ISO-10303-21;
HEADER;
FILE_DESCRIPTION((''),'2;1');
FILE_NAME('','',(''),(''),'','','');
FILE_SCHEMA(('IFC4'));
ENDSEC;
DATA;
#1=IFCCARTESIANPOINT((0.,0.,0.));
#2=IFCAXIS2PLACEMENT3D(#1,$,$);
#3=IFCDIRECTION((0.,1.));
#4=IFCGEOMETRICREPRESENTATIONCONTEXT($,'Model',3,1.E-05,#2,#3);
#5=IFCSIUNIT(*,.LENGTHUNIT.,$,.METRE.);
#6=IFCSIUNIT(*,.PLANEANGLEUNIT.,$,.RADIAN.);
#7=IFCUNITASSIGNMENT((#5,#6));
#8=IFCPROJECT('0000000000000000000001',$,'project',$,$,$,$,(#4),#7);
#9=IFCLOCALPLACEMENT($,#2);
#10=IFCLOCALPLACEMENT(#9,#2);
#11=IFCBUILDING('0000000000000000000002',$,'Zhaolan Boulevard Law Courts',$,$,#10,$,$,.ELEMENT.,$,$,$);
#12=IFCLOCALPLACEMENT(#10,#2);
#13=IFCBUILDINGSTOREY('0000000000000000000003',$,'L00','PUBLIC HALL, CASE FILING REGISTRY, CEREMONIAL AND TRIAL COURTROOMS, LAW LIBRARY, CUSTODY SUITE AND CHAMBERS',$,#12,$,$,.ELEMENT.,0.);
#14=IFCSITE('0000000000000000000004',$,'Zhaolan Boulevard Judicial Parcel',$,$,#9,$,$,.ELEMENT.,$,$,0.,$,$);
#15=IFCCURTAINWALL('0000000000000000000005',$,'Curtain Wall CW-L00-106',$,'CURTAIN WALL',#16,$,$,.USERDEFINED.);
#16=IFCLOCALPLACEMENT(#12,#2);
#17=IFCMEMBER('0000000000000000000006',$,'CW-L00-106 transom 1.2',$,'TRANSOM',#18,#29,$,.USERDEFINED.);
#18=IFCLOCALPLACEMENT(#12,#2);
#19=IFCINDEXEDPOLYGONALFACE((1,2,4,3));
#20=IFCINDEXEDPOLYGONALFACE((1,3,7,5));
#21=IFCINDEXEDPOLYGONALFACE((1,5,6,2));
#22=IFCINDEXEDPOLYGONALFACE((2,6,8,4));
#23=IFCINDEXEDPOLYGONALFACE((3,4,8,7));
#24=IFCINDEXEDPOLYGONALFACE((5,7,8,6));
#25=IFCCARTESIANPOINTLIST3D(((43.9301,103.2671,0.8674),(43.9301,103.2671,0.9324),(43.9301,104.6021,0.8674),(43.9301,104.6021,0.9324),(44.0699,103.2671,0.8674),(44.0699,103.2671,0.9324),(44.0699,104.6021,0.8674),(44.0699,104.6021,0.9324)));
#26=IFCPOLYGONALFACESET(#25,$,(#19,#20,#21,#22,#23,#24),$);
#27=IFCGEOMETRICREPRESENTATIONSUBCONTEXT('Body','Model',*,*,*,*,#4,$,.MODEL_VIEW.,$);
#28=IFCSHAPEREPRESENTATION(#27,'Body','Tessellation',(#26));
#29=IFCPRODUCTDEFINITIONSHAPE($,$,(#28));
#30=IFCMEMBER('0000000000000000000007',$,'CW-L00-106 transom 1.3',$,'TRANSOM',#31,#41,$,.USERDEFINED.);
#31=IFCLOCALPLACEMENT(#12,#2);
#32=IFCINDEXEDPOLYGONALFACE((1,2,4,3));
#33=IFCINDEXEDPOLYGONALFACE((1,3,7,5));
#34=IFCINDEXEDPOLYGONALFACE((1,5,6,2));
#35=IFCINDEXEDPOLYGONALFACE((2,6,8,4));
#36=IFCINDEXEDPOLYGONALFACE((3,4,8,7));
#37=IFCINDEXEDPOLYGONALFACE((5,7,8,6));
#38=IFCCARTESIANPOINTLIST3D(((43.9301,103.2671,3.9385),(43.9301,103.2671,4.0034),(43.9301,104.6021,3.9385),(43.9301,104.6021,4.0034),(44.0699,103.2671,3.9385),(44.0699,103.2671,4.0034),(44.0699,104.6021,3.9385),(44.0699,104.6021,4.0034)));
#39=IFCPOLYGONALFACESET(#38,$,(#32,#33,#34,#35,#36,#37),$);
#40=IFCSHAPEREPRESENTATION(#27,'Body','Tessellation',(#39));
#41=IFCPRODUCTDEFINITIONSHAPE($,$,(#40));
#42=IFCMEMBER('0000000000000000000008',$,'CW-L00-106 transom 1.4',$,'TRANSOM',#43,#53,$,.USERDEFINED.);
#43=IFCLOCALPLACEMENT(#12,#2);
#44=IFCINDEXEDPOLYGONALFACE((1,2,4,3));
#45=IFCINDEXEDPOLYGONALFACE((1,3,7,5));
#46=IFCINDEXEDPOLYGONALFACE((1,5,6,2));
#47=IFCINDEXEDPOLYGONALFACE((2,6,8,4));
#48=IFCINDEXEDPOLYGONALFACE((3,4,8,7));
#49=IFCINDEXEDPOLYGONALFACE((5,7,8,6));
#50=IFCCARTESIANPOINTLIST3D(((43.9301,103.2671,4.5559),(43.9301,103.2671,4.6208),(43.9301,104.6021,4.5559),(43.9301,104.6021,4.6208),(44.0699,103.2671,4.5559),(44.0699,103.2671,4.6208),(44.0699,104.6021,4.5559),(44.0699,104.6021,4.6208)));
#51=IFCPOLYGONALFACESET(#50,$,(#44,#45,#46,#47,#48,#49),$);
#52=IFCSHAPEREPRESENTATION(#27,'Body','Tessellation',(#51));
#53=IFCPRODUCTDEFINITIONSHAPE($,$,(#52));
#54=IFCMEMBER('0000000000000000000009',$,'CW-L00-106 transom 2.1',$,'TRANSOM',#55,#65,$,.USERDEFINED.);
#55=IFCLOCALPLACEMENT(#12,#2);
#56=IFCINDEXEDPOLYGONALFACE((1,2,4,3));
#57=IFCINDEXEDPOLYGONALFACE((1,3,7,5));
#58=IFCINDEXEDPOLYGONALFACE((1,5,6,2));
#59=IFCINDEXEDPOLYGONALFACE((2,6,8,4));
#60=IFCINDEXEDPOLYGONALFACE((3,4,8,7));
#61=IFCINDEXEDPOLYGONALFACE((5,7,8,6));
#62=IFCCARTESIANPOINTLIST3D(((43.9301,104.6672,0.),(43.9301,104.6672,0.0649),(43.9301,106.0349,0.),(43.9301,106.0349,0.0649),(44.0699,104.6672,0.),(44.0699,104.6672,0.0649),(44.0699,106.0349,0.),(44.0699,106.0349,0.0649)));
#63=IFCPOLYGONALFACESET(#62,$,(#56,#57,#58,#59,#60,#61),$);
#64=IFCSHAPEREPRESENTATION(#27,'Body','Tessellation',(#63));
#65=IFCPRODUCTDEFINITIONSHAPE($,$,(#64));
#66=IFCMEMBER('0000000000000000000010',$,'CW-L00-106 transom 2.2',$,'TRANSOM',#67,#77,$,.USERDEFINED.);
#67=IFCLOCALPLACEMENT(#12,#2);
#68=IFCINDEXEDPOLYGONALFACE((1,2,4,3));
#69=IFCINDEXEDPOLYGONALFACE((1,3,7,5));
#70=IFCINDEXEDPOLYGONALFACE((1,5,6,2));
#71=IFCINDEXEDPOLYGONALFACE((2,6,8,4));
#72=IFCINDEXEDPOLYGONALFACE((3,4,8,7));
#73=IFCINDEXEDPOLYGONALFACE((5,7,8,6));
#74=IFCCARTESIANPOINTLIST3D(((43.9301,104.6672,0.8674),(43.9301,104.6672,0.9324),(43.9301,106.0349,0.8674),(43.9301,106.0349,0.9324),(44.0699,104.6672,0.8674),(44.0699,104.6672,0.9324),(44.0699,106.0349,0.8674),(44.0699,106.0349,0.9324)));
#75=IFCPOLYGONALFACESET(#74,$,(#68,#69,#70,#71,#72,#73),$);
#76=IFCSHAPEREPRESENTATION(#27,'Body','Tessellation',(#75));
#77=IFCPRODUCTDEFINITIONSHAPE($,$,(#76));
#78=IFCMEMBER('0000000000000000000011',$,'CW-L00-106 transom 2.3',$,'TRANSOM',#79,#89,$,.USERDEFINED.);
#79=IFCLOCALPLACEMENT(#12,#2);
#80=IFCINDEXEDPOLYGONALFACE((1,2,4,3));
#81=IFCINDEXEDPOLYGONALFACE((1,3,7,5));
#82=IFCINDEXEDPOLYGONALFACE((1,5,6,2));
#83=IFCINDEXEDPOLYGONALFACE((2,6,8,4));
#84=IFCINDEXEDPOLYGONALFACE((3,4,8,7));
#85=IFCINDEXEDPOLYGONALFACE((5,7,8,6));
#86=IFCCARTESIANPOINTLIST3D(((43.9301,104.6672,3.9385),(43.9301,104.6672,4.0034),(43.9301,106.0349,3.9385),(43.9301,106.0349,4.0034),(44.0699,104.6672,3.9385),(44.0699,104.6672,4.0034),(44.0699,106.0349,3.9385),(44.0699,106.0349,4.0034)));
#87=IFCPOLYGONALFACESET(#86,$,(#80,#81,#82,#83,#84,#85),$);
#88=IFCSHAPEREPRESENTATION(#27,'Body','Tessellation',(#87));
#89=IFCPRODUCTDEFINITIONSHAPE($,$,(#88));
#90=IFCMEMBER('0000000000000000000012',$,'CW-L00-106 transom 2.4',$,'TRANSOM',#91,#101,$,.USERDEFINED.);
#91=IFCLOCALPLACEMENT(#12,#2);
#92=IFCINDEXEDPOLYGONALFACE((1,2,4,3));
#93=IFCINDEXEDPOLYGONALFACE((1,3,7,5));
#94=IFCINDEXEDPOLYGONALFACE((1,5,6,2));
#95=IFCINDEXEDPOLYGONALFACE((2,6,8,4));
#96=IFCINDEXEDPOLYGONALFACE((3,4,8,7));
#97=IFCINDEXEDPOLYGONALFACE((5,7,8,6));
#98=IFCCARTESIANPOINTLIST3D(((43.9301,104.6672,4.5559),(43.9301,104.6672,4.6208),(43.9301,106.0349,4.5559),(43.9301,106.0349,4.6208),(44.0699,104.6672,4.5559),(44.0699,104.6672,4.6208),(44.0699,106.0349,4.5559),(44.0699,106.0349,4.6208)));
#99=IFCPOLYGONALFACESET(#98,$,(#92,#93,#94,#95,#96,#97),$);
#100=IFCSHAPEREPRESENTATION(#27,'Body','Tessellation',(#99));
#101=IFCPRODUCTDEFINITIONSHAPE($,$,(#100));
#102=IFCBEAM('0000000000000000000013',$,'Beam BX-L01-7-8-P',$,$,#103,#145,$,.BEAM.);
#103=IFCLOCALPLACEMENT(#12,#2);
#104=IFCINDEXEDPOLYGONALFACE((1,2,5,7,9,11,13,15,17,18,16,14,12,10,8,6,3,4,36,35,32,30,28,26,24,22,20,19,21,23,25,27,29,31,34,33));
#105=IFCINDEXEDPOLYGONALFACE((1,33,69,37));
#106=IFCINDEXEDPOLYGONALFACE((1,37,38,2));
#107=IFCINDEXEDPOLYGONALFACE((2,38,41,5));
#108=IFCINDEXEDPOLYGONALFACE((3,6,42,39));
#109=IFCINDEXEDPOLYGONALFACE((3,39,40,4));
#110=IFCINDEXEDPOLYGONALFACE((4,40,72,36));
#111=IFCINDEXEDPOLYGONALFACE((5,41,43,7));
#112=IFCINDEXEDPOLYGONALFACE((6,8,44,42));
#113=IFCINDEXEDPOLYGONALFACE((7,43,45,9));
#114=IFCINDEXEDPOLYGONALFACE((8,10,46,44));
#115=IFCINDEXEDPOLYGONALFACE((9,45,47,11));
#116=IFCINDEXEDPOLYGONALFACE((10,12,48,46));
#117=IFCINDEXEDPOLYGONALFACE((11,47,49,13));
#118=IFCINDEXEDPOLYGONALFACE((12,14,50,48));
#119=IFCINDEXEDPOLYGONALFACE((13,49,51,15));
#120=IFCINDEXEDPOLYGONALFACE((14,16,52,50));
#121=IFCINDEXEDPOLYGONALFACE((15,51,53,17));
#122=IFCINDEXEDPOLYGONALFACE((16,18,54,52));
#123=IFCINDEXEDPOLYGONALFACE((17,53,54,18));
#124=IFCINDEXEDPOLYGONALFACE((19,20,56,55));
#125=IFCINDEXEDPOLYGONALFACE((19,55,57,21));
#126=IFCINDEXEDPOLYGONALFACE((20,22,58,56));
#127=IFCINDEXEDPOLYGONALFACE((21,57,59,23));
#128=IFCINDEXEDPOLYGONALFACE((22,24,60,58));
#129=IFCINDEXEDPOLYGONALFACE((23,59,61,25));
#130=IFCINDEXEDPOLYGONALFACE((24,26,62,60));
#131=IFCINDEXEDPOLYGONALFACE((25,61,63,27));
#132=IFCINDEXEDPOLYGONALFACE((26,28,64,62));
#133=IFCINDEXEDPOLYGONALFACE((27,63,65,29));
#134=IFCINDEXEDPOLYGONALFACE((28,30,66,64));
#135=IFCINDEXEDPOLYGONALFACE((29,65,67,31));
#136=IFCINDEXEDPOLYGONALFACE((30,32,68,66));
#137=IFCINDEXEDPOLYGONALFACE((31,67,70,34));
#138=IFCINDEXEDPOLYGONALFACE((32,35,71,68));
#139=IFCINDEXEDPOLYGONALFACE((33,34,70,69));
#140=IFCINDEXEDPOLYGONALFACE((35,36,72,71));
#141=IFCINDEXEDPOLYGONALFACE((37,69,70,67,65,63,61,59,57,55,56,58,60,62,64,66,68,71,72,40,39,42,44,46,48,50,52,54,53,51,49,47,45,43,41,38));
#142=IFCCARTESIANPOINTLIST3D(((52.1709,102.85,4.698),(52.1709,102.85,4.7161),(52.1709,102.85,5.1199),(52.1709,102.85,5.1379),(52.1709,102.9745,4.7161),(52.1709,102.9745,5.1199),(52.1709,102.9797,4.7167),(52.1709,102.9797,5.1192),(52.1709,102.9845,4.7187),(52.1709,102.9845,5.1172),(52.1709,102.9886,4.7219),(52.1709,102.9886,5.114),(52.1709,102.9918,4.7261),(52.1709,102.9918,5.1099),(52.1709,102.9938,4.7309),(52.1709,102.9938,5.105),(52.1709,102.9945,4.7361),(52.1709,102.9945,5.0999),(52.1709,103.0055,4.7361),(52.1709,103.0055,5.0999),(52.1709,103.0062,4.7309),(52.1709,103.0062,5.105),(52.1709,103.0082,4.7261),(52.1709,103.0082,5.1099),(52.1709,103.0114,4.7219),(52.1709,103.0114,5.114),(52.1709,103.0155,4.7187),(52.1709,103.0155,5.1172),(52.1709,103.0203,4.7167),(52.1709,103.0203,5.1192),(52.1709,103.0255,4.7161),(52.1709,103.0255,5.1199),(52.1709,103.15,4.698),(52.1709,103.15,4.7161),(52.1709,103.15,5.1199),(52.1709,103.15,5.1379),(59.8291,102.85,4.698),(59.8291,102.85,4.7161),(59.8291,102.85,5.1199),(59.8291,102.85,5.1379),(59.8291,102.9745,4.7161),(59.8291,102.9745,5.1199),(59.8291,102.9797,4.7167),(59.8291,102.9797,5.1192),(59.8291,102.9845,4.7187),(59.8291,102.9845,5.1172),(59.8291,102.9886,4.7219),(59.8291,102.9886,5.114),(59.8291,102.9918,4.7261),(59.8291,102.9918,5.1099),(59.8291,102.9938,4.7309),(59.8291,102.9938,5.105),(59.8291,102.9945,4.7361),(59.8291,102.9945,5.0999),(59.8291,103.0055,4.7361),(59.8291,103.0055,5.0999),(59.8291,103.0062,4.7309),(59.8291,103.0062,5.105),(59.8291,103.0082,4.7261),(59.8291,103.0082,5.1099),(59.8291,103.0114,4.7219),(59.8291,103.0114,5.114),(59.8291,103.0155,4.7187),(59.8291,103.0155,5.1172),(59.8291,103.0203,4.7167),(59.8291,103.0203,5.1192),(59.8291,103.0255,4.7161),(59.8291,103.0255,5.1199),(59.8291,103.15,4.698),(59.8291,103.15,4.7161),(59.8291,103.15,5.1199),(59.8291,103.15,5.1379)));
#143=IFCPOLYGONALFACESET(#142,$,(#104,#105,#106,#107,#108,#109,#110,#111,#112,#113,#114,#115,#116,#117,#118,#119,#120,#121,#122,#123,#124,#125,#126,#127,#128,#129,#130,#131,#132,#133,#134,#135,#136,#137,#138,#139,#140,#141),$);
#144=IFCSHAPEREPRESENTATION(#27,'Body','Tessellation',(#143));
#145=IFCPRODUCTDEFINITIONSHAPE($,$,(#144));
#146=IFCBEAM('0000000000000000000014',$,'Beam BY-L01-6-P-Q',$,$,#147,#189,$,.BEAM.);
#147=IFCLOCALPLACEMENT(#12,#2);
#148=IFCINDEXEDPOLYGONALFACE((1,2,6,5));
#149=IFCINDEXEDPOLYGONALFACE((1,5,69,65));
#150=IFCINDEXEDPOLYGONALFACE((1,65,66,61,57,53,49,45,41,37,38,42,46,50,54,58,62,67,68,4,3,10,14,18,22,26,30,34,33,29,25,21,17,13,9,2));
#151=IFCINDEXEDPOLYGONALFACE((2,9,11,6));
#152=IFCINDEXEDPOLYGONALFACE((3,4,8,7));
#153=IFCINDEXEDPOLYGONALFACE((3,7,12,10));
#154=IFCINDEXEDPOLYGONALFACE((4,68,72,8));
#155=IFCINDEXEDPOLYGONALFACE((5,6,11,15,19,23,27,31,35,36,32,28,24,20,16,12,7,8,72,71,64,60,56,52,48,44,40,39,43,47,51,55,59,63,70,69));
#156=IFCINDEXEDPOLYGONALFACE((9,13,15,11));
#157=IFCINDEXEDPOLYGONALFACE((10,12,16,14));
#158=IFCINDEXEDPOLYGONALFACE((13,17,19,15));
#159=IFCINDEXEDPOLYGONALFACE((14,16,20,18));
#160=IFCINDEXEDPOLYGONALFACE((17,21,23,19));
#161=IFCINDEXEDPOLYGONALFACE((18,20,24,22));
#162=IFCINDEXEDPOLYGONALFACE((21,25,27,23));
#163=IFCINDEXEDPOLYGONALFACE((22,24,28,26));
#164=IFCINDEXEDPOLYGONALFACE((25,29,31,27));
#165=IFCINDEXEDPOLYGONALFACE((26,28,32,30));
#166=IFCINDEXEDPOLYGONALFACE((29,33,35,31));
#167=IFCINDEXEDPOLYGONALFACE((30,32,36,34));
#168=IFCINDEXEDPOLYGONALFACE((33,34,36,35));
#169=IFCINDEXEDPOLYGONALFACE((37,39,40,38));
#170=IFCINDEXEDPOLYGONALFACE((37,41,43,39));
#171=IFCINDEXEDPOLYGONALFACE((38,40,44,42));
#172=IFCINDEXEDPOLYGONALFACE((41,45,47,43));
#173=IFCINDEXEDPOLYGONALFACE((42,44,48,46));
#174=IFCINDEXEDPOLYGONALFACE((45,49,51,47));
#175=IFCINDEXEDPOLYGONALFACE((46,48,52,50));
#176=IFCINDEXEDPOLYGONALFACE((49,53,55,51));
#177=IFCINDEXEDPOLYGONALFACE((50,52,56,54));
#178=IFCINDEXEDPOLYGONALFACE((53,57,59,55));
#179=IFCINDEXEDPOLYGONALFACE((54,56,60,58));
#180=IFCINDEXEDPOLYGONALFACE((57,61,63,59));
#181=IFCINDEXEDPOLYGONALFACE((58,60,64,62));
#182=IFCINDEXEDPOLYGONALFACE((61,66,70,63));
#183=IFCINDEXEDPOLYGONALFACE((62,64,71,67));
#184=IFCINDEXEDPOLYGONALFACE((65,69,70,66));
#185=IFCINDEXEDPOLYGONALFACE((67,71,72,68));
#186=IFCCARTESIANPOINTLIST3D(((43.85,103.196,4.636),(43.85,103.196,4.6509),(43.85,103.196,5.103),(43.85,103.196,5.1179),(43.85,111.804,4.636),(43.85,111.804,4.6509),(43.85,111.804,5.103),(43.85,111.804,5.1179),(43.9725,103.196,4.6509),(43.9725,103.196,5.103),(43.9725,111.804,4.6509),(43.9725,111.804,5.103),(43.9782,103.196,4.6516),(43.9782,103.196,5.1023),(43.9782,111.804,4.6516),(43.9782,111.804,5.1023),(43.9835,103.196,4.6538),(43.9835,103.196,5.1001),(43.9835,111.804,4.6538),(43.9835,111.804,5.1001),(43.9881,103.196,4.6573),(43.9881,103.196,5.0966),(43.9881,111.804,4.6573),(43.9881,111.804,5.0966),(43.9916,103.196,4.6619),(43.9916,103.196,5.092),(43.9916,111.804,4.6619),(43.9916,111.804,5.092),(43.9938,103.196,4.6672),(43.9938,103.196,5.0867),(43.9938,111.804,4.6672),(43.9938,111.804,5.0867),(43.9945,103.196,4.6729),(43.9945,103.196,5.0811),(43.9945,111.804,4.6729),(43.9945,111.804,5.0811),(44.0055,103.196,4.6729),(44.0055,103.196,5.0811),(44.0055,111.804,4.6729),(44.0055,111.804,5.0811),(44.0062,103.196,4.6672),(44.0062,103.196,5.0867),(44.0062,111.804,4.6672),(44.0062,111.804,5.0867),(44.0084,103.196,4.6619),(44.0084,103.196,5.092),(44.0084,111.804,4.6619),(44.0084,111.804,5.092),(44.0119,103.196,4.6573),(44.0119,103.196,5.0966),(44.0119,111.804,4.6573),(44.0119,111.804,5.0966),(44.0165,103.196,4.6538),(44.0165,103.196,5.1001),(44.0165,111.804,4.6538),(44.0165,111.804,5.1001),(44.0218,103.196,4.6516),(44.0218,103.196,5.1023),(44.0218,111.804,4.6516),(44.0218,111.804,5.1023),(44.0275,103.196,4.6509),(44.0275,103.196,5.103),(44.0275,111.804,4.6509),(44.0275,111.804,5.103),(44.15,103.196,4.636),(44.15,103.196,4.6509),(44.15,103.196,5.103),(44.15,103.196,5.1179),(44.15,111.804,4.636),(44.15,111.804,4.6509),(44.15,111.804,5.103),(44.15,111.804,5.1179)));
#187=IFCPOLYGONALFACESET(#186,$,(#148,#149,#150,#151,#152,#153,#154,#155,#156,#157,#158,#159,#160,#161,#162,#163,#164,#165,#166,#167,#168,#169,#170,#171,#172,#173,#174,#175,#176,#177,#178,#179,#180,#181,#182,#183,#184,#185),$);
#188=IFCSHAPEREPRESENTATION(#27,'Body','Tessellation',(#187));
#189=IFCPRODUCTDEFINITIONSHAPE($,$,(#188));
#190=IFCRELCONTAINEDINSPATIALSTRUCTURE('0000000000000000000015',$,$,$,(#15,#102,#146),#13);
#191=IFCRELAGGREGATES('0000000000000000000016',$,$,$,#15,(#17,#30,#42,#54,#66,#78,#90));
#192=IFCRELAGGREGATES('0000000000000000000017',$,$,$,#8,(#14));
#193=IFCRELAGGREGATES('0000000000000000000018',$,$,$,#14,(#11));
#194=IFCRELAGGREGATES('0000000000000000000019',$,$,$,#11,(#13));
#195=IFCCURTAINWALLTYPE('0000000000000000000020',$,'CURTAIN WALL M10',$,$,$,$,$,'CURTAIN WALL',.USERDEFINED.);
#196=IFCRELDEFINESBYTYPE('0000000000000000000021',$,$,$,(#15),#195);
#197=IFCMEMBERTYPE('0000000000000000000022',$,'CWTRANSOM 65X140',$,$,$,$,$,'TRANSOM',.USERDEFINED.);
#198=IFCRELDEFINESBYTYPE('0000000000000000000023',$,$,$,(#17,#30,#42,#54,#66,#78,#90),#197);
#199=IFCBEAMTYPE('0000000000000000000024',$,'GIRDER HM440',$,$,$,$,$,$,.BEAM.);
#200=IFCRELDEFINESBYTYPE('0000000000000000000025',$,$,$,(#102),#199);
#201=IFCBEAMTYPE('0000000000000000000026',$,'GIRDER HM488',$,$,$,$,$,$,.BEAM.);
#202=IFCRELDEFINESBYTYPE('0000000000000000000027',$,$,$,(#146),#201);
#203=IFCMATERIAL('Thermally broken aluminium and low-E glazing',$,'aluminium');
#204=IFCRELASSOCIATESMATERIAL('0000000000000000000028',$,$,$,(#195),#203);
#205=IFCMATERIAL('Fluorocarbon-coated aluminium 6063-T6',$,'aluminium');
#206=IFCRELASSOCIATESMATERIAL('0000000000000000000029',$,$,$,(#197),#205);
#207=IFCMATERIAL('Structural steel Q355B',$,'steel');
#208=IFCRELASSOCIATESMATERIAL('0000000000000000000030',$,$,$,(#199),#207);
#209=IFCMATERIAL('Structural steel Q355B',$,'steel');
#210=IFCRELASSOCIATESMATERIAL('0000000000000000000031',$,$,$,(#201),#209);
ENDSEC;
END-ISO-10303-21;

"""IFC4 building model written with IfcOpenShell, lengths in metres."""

from ifc_helpers import new_model, si_unit, direction, frame, origin, origin_2d, place, context, subcontext, project, spatial, rectangle, i_section, extrude, material, material_profile, profile_set, type_object, element, aggregate, save


model = new_model("IFC4")

# Units and contexts
model_context = context("Model", 3, precision=1e-05, world=origin(), true_north=direction((0.0, 1.0)))
body_context = subcontext(model_context, "Body", "Model", "MODEL_VIEW")
ifc_project = project(units=[si_unit("LENGTHUNIT", "METRE"), si_unit("PLANEANGLEUNIT", "RADIAN")], contexts=[model_context])

# Site, building, storey
site_placement = place(None, origin())
site = spatial("IfcSite", under=ifc_project, at=site_placement, Name="Zhaolan Boulevard Judicial Parcel", CompositionType="ELEMENT", RefElevation=0.0)
building_placement = place(site_placement, origin())
building = spatial("IfcBuilding", under=site, at=building_placement, Name="Zhaolan Boulevard Law Courts", CompositionType="ELEMENT")
storey_placement = place(building_placement, origin())
storey = spatial("IfcBuildingStorey", under=building, at=storey_placement, Name="L00", Description="PUBLIC HALL, CASE FILING REGISTRY, CEREMONIAL AND TRIAL COURTROOMS, LAW LIBRARY, CUSTODY SUITE AND CHAMBERS", CompositionType="ELEMENT", Elevation=0.0)

# Curtain wall, members
ifc_material_1 = material(Name="Thermally broken aluminium and low-E glazing", Category="aluminium")
curtain_wall_type = type_object("IfcCurtainWallType", Name="CURTAIN WALL M10", ElementType="CURTAIN WALL", PredefinedType="USERDEFINED", material=ifc_material_1)
curtain_wall_placement = place(storey_placement, origin())
curtain_wall = element("IfcCurtainWall", 1, at=curtain_wall_placement, inside=storey, type_object=curtain_wall_type, Name="Curtain Wall CW-L00-106", ObjectType="CURTAIN WALL", PredefinedType="USERDEFINED")
ifc_material_2 = material(Name="Fluorocarbon-coated aluminium 6063-T6", Category="aluminium")
ifc_material_profile_1 = material_profile(ifc_material_2, rectangle(XDim=0.1399, YDim=0.0649, at=origin_2d()), Name="AL65x140")
ifc_profile_set_1 = profile_set([ifc_material_profile_1], Name="Fluorocarbon-coated aluminium 6063-T6")
member_type_1 = type_object("IfcMemberType", Name="CWTRANSOM 65X140", ElementType="TRANSOM", PredefinedType="USERDEFINED", material=ifc_profile_set_1)
member_1_placement = place(storey_placement, frame((44.0, 103.2671, 0.8999), z_axis=(0.0, 1.0, 0.0), x_axis=(-1.0, 0.0, 0.0)))
member_1 = element("IfcMember", 2, at=member_1_placement, type_object=member_type_1, Name="CW-L00-106 transom 1.2", ObjectType="TRANSOM", PredefinedType="USERDEFINED", context=body_context, shape_type="SweptSolid", body=[
    extrude(rectangle(XDim=0.1399, YDim=0.0649, at=origin_2d()), origin(), (0.0, 0.0, 1.0), 1.335),
])
member_2_placement = place(storey_placement, frame((44.0, 103.2671, 3.9709), z_axis=(0.0, 1.0, 0.0), x_axis=(-1.0, 0.0, 0.0)))
member_2 = element("IfcMember", 3, at=member_2_placement, type_object=member_type_1, Name="CW-L00-106 transom 1.3", ObjectType="TRANSOM", PredefinedType="USERDEFINED", context=body_context, shape_type="SweptSolid", body=[
    extrude(rectangle(XDim=0.1399, YDim=0.0649, at=origin_2d()), origin(), (0.0, 0.0, 1.0), 1.335),
])
member_3_placement = place(storey_placement, frame((44.0, 103.2671, 4.5884), z_axis=(0.0, 1.0, 0.0), x_axis=(-1.0, 0.0, 0.0)))
member_3 = element("IfcMember", 4, at=member_3_placement, type_object=member_type_1, Name="CW-L00-106 transom 1.4", ObjectType="TRANSOM", PredefinedType="USERDEFINED", context=body_context, shape_type="SweptSolid", body=[
    extrude(rectangle(XDim=0.1399, YDim=0.0649, at=origin_2d()), origin(), (0.0, 0.0, 1.0), 1.335),
])
member_4_placement = place(storey_placement, frame((44.0, 104.6672, 0.0325), z_axis=(0.0, 1.0, 0.0), x_axis=(-1.0, 0.0, 0.0)))
member_4 = element("IfcMember", 5, at=member_4_placement, type_object=member_type_1, Name="CW-L00-106 transom 2.1", ObjectType="TRANSOM", PredefinedType="USERDEFINED", context=body_context, shape_type="SweptSolid", body=[
    extrude(rectangle(XDim=0.1399, YDim=0.0649, at=origin_2d()), origin(), (0.0, 0.0, 1.0), 1.3677),
])
member_5_placement = place(storey_placement, frame((44.0, 104.6672, 0.8999), z_axis=(0.0, 1.0, 0.0), x_axis=(-1.0, 0.0, 0.0)))
member_5 = element("IfcMember", 6, at=member_5_placement, type_object=member_type_1, Name="CW-L00-106 transom 2.2", ObjectType="TRANSOM", PredefinedType="USERDEFINED", context=body_context, shape_type="SweptSolid", body=[
    extrude(rectangle(XDim=0.1399, YDim=0.0649, at=origin_2d()), origin(), (0.0, 0.0, 1.0), 1.3677),
])
member_6_placement = place(storey_placement, frame((44.0, 104.6672, 3.9709), z_axis=(0.0, 1.0, 0.0), x_axis=(-1.0, 0.0, 0.0)))
member_6 = element("IfcMember", 7, at=member_6_placement, type_object=member_type_1, Name="CW-L00-106 transom 2.3", ObjectType="TRANSOM", PredefinedType="USERDEFINED", context=body_context, shape_type="SweptSolid", body=[
    extrude(rectangle(XDim=0.1399, YDim=0.0649, at=origin_2d()), origin(), (0.0, 0.0, 1.0), 1.3677),
])
member_7_placement = place(storey_placement, frame((44.0, 104.6672, 4.5884), z_axis=(0.0, 1.0, 0.0), x_axis=(-1.0, 0.0, 0.0)))
member_7 = element("IfcMember", 8, at=member_7_placement, type_object=member_type_1, Name="CW-L00-106 transom 2.4", ObjectType="TRANSOM", PredefinedType="USERDEFINED", context=body_context, shape_type="SweptSolid", body=[
    extrude(rectangle(XDim=0.1399, YDim=0.0649, at=origin_2d()), origin(), (0.0, 0.0, 1.0), 1.3677),
])

# Beams
ifc_material_3 = material(Name="Structural steel Q355B", Category="steel")
ifc_material_profile_2 = material_profile(ifc_material_3, i_section(OverallWidth=0.3, OverallDepth=0.4399, WebThickness=0.011, FlangeThickness=0.0181, FilletRadius=0.02, at=origin_2d()), Name="HM440x300")
ifc_profile_set_2 = profile_set([ifc_material_profile_2], Name="Structural steel Q355B")
beam_type_1 = type_object("IfcBeamType", Name="GIRDER HM440", PredefinedType="BEAM", material=ifc_profile_set_2)
beam_1_placement = place(storey_placement, frame((52.1709, 103.0, 4.918), z_axis=(1.0, 0.0, 0.0), x_axis=(0.0, 1.0, 0.0)))
element("IfcBeam", 9, at=beam_1_placement, inside=storey, type_object=beam_type_1, Name="Beam BX-L01-7-8-P", PredefinedType="BEAM", context=body_context, shape_type="SweptSolid", body=[
    extrude(i_section(OverallWidth=0.3, OverallDepth=0.4399, WebThickness=0.011, FlangeThickness=0.0181, FilletRadius=0.02, at=origin_2d()), origin(), (0.0, 0.0, 1.0), 7.6582),
])
ifc_material_4 = material(Name="Structural steel Q355B", Category="steel")
ifc_material_profile_3 = material_profile(ifc_material_4, i_section(OverallWidth=0.3, OverallDepth=0.4819, WebThickness=0.011, FlangeThickness=0.0149, FilletRadius=0.022, at=origin_2d()), Name="HM482x300")
ifc_profile_set_3 = profile_set([ifc_material_profile_3], Name="Structural steel Q355B")
beam_type_2 = type_object("IfcBeamType", Name="GIRDER HM488", PredefinedType="BEAM", material=ifc_profile_set_3)
beam_2_placement = place(storey_placement, frame((44.0, 103.196, 4.877), z_axis=(0.0, 1.0, 0.0), x_axis=(-1.0, 0.0, 0.0)))
element("IfcBeam", 10, at=beam_2_placement, inside=storey, type_object=beam_type_2, Name="Beam BY-L01-6-P-Q", PredefinedType="BEAM", context=body_context, shape_type="SweptSolid", body=[
    extrude(i_section(OverallWidth=0.3, OverallDepth=0.4819, WebThickness=0.011, FlangeThickness=0.0149, FilletRadius=0.022, at=origin_2d()), origin(), (0.0, 0.0, 1.0), 8.6079),
])

aggregate(curtain_wall, [member_1, member_2, member_3, member_4, member_5, member_6, member_7])

save(model, "model.ifc")
